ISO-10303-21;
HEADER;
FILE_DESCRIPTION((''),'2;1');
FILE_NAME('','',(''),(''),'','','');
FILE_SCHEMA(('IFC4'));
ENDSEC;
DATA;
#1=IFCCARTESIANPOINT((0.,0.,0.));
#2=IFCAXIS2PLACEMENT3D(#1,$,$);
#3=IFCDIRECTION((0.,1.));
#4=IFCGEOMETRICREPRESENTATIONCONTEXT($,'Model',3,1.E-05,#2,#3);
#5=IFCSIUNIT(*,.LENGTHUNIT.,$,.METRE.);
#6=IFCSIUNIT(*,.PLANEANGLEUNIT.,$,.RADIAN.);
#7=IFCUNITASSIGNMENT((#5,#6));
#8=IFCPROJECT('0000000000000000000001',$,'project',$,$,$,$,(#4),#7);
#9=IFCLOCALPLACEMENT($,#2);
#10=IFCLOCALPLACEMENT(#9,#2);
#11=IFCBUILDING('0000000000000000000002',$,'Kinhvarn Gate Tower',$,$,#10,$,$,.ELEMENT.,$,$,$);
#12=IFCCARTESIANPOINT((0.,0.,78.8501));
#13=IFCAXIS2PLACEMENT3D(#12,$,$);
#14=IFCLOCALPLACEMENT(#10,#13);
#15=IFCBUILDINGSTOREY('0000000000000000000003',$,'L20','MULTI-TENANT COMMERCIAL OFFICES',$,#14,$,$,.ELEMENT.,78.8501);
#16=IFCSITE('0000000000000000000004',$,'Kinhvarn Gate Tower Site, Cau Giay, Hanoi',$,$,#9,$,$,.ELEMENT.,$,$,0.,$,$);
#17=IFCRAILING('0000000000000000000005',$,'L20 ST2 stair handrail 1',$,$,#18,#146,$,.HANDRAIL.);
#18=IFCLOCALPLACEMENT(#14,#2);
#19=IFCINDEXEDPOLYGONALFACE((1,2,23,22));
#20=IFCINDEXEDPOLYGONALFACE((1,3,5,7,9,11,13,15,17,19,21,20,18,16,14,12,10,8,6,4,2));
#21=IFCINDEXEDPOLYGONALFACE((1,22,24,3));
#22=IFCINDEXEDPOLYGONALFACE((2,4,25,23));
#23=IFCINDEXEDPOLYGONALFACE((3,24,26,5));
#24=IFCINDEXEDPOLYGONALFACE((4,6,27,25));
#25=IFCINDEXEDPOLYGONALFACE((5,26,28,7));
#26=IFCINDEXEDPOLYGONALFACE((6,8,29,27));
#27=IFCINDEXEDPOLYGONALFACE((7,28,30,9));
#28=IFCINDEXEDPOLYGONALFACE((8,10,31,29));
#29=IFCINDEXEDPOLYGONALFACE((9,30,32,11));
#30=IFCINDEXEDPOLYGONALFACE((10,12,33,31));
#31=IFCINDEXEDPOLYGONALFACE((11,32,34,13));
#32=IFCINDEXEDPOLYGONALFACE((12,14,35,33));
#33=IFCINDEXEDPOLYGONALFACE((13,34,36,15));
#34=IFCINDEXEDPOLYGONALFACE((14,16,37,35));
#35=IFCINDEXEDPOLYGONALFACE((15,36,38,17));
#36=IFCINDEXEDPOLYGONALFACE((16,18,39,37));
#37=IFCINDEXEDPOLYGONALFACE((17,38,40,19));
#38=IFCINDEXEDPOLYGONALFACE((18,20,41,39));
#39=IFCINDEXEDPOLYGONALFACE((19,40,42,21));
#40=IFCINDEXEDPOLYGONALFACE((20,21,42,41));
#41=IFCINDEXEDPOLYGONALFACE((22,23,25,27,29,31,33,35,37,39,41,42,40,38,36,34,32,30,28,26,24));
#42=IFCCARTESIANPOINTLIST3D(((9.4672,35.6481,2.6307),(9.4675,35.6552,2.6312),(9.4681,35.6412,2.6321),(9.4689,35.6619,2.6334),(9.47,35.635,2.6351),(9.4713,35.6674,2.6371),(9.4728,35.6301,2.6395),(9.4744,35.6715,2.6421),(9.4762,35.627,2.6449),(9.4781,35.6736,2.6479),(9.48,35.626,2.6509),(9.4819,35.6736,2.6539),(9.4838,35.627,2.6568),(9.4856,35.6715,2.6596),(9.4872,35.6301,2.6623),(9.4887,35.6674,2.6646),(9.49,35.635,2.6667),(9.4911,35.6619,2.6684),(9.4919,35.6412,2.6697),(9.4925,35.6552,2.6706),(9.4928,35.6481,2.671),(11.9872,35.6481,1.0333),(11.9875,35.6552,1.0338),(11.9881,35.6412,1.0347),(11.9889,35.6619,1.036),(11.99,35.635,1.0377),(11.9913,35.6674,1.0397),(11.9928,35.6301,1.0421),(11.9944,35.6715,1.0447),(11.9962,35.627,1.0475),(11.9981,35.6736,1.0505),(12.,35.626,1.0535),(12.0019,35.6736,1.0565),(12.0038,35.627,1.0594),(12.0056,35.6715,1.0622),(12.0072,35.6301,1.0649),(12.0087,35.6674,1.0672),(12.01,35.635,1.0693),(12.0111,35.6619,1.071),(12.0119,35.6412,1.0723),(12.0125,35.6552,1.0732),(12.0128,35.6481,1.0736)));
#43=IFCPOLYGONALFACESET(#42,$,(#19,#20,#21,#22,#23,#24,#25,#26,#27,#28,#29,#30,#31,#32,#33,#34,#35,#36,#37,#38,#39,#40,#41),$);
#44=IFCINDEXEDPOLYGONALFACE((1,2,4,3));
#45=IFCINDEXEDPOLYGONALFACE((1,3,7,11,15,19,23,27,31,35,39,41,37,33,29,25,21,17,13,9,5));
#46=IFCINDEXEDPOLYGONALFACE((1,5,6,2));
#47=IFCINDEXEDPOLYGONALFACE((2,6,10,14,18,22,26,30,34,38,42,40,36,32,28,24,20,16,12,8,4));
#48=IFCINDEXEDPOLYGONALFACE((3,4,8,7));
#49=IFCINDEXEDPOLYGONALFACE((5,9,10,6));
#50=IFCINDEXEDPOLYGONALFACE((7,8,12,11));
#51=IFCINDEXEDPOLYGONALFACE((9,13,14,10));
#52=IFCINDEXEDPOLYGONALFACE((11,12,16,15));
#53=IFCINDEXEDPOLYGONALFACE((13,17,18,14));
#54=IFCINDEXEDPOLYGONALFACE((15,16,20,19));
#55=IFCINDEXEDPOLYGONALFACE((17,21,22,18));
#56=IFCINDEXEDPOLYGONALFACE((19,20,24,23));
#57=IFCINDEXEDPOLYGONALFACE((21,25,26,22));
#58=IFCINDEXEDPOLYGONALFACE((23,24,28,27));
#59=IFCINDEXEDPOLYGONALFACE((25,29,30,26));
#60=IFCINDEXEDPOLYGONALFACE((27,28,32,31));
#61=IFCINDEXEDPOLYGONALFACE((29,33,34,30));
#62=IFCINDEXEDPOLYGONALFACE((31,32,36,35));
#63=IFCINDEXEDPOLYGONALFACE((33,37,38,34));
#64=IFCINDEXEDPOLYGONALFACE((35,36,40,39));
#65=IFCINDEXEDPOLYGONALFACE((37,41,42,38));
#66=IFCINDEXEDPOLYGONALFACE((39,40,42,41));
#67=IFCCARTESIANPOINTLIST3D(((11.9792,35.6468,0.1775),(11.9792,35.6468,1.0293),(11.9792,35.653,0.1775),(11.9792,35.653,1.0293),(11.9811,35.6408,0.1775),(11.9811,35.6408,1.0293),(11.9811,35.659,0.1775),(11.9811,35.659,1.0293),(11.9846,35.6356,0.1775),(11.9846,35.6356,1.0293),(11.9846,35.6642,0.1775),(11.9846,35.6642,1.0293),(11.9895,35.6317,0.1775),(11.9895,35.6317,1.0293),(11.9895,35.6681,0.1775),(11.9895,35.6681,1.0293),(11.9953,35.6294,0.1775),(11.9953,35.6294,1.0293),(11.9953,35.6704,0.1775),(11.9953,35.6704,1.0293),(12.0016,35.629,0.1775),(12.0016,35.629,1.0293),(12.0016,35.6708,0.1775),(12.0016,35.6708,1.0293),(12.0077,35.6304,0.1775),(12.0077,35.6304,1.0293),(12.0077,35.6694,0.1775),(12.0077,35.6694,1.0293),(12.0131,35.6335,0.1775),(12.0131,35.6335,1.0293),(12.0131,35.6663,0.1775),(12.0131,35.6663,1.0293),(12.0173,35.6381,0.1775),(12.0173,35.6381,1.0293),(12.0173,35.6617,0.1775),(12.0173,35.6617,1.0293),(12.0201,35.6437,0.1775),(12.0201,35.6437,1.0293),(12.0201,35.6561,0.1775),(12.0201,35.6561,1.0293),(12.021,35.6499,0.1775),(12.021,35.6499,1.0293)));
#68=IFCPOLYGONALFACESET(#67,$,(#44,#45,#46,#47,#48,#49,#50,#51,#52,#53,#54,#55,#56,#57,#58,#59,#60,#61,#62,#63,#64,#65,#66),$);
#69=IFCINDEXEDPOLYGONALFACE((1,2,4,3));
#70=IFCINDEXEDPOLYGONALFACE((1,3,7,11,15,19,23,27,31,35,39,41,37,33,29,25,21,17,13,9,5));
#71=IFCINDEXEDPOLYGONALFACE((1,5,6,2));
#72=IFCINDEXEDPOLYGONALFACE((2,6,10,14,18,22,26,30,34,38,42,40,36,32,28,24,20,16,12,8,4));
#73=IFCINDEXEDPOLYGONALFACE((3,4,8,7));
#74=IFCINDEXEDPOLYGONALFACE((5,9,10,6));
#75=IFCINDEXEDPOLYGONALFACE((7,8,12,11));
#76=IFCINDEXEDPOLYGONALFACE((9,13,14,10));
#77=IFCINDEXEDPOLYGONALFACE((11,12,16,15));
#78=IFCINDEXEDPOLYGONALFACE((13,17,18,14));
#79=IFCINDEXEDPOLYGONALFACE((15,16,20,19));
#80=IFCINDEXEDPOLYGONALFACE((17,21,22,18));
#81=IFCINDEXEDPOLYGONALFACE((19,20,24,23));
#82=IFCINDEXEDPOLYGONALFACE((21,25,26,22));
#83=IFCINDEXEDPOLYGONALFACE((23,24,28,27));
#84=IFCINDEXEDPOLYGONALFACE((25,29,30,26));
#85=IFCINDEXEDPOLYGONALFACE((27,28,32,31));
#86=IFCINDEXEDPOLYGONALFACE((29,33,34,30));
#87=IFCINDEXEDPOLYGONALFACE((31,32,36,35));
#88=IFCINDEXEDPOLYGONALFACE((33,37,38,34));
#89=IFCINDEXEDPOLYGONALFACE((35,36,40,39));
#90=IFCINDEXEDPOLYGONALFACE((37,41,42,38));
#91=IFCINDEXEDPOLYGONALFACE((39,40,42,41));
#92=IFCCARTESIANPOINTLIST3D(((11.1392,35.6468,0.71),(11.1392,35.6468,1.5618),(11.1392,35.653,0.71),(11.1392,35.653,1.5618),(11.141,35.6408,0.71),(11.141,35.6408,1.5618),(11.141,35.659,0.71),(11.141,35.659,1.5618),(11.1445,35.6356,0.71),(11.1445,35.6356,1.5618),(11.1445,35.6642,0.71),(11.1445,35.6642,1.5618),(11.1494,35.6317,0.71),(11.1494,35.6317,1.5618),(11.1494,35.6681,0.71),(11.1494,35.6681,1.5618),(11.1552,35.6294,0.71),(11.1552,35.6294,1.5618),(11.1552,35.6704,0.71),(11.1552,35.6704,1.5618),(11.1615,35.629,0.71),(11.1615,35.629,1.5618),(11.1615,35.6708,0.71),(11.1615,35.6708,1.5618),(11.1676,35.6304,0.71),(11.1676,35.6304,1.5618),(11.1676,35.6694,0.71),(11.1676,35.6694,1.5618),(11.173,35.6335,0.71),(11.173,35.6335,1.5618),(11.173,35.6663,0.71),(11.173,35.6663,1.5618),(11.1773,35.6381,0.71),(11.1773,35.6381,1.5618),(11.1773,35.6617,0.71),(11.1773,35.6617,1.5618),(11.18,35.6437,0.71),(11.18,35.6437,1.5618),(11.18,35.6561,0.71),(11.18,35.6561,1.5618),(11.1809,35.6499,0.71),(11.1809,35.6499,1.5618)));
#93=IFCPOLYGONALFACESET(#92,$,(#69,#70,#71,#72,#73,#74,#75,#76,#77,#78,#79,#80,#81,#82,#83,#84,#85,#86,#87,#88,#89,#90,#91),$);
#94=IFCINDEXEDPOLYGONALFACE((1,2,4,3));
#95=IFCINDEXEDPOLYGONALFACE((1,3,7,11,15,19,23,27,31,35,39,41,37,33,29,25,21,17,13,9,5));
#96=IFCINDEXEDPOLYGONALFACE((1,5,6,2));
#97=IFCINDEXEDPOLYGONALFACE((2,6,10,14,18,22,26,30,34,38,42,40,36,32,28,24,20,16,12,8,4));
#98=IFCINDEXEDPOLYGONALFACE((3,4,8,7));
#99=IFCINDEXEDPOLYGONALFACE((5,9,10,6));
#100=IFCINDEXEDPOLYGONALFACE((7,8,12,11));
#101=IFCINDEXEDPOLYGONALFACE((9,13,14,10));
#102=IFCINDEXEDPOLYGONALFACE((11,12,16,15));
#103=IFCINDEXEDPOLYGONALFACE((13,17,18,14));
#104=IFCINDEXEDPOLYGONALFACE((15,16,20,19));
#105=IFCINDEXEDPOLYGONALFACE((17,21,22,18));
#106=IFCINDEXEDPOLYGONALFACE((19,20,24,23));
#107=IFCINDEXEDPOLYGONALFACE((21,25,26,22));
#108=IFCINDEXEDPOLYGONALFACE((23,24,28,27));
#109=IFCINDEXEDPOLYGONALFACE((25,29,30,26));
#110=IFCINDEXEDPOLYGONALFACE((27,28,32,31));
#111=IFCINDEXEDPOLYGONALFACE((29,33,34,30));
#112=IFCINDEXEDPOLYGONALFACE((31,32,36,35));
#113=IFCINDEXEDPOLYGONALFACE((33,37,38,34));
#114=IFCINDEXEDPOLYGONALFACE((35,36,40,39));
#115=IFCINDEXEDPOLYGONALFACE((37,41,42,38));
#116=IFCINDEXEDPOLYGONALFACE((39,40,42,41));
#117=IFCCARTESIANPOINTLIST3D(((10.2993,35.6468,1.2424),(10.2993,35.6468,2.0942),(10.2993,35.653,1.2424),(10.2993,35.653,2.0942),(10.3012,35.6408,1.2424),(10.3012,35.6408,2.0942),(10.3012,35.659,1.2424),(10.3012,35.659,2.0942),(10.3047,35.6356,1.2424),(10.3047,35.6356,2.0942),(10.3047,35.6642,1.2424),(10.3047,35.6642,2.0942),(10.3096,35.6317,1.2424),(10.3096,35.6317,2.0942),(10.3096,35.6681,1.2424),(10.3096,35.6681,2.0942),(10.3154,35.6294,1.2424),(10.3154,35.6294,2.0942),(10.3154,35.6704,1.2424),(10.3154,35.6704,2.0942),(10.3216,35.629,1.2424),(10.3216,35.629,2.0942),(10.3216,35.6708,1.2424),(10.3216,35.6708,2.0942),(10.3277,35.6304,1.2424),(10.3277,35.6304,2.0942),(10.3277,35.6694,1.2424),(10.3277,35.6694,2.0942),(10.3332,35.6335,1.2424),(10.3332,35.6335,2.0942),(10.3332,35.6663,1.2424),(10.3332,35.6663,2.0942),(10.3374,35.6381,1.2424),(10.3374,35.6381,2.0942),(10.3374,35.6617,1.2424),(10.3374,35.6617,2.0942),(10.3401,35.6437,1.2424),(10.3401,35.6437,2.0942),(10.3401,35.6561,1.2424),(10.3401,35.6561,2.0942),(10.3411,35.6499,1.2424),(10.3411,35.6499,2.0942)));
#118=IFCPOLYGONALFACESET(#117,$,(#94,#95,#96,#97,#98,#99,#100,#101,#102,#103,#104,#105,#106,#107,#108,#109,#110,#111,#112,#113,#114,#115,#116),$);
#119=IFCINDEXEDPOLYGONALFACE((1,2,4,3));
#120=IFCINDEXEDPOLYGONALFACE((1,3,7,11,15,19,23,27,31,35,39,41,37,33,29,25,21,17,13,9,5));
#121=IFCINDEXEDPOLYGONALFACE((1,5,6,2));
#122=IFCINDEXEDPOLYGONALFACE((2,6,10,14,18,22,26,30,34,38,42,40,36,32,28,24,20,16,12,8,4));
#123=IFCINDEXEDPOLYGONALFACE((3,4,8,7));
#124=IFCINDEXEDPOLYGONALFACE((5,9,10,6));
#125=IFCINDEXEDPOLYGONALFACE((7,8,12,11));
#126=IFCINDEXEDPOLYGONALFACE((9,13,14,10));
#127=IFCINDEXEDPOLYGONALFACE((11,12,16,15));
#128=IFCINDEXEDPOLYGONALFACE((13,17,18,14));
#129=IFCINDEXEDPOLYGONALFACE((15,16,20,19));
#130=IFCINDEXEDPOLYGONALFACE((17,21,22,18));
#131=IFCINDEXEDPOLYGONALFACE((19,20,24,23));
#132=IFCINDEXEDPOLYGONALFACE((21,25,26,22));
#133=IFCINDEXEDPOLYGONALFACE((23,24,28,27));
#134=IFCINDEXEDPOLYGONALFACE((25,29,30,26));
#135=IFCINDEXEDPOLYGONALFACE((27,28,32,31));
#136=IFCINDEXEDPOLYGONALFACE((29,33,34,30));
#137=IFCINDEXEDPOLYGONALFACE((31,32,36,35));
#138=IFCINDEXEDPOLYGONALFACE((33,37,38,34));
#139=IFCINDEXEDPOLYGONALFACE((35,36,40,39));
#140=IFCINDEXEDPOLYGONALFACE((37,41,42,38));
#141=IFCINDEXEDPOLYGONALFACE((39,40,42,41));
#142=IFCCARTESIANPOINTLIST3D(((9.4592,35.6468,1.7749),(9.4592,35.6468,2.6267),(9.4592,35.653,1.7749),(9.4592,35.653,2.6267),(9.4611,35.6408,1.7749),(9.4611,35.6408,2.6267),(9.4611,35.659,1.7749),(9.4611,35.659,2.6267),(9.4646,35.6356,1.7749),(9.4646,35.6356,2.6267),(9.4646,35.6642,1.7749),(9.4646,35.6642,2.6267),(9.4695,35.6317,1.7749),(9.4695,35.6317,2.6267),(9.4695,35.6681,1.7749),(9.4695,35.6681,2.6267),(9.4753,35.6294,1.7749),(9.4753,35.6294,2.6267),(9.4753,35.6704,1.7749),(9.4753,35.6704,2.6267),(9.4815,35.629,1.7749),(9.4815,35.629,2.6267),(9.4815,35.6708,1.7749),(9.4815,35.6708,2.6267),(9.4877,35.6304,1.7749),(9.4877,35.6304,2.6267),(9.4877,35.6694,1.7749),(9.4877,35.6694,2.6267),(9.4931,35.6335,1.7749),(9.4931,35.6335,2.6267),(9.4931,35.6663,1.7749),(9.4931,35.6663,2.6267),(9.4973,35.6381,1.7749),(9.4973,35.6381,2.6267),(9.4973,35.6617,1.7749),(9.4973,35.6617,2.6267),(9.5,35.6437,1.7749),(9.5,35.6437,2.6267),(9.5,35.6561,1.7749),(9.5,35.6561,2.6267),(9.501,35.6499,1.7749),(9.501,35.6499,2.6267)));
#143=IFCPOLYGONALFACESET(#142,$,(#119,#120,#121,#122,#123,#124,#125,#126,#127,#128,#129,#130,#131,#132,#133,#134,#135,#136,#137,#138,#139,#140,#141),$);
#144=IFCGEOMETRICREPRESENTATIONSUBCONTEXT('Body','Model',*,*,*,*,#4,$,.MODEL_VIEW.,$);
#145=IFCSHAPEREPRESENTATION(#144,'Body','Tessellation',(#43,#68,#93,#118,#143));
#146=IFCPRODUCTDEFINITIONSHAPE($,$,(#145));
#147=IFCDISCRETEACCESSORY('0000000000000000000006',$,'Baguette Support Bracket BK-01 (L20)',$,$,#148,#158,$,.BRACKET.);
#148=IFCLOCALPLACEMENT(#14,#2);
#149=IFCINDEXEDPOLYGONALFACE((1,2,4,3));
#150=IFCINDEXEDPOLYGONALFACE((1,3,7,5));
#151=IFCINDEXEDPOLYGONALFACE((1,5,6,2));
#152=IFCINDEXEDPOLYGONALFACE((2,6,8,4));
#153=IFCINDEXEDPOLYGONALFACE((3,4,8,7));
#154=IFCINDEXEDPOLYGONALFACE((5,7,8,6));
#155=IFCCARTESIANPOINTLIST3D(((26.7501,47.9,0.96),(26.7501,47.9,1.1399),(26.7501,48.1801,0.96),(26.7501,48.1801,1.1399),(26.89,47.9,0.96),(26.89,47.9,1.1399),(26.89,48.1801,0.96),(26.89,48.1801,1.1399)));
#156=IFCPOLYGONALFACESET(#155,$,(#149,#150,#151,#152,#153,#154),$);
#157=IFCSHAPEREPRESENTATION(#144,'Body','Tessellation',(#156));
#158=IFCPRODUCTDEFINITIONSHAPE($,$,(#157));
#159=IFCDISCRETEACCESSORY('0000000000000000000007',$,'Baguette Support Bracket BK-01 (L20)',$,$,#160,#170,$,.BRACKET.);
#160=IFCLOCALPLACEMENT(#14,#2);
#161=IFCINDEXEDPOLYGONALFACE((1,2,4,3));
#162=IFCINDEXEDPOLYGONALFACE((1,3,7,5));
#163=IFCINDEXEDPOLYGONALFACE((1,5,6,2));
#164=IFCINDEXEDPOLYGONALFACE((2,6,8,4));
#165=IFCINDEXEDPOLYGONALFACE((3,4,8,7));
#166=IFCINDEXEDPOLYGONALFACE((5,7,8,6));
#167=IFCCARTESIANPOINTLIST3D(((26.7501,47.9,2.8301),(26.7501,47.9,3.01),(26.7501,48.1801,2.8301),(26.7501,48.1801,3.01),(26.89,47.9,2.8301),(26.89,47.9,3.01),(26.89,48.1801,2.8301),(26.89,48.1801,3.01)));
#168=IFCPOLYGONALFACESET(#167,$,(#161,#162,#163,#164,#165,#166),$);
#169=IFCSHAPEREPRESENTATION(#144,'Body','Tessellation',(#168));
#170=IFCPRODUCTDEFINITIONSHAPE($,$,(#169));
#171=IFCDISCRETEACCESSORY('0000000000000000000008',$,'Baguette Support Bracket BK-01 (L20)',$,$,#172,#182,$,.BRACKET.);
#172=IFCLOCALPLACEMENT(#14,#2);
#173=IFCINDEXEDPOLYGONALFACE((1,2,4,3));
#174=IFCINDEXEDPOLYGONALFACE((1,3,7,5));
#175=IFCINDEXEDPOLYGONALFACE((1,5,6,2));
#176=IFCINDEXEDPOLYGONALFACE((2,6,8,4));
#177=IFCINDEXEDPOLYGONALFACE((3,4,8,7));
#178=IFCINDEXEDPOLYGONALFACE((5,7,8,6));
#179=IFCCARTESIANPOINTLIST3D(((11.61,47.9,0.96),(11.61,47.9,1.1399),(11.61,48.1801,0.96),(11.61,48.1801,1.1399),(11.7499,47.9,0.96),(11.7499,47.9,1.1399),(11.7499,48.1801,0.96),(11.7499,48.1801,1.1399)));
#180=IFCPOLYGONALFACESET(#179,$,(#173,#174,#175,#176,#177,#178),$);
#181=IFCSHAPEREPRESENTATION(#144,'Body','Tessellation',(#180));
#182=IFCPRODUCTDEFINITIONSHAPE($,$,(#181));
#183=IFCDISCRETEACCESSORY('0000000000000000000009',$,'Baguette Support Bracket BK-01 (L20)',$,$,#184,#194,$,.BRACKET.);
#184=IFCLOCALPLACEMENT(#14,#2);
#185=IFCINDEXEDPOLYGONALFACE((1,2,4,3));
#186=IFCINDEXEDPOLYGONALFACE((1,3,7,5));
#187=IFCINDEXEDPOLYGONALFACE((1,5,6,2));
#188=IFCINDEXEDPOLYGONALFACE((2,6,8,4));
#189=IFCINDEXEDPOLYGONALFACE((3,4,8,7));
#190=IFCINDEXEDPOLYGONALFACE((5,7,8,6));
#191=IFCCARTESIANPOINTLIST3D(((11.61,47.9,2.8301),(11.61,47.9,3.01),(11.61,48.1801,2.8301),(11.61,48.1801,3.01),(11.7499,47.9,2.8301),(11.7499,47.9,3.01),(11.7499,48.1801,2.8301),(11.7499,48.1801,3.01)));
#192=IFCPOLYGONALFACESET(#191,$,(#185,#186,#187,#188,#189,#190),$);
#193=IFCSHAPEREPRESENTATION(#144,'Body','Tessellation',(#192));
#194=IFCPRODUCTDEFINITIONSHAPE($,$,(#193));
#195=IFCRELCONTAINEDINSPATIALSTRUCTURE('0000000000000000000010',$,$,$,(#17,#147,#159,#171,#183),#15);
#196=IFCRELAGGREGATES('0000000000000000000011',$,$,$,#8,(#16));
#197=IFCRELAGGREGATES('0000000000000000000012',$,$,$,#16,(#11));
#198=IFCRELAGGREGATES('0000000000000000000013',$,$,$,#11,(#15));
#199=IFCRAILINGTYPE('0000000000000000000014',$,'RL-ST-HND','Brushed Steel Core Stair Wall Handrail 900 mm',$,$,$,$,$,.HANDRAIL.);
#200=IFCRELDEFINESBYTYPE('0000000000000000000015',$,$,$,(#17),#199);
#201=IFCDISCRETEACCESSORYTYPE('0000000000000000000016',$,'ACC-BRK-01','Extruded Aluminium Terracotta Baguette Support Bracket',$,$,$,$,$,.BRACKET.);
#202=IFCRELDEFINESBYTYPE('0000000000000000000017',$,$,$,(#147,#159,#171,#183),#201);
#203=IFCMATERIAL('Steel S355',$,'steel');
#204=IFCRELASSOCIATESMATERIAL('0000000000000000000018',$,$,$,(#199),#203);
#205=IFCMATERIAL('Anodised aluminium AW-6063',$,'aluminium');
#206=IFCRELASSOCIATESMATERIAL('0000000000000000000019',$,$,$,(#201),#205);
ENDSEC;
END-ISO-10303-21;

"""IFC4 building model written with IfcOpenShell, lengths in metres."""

from ifc_helpers import new_model, si_unit, direction, frame, origin, origin_2d, place, context, subcontext, project, spatial, rectangle, circle, extrude, material, type_object, element, save


model = new_model("IFC4")

# Units and contexts
model_context = context("Model", 3, precision=1e-05, world=origin(), true_north=direction((0.0, 1.0)))
body_context = subcontext(model_context, "Body", "Model", "MODEL_VIEW")
ifc_project = project(units=[si_unit("LENGTHUNIT", "METRE"), si_unit("PLANEANGLEUNIT", "RADIAN")], contexts=[model_context])

# Site, building, storey
site_placement = place(None, origin())
site = spatial("IfcSite", under=ifc_project, at=site_placement, Name="Kinhvarn Gate Tower Site, Cau Giay, Hanoi", CompositionType="ELEMENT", RefElevation=0.0)
building_placement = place(site_placement, origin())
building = spatial("IfcBuilding", under=site, at=building_placement, Name="Kinhvarn Gate Tower", CompositionType="ELEMENT")
storey_placement = place(building_placement, frame((0.0, 0.0, 78.8501)))
storey = spatial("IfcBuildingStorey", under=building, at=storey_placement, Name="L20", Description="MULTI-TENANT COMMERCIAL OFFICES", CompositionType="ELEMENT", Elevation=78.8501)

# Shared definitions
ifc_material_1 = material(Name="Anodised aluminium AW-6063", Category="aluminium")

# Shared definitions
ifc_material_2 = material(Name="Steel S355", Category="steel")

# Railing
railing_type_1 = type_object("IfcRailingType", Name="RL-ST-HND", Description="Brushed Steel Core Stair Wall Handrail 900 mm", PredefinedType="HANDRAIL", material=ifc_material_2)
railing_1_placement = place(storey_placement, frame((12.0, 35.6499, 0.1775)))
element("IfcRailing", 1, at=railing_1_placement, inside=storey, type_object=railing_type_1, Name="L20 ST2 stair handrail 1", PredefinedType="HANDRAIL", context=body_context, shape_type="SweptSolid", body=[
    extrude(circle(Radius=0.0239, at=origin_2d()), frame((0.0, 0.0, 0.876), z_axis=(-0.844607, 0.0, 0.535387), x_axis=(0.0, -1.0, 0.0)), (0.0, 0.0, 1.0), 2.9836),
    extrude(circle(Radius=0.021, at=origin_2d()), origin(), (0.0, 0.0, 1.0), 0.8518),
    extrude(circle(Radius=0.021, at=origin_2d()), frame((-0.8401, 0.0, 0.5325)), (0.0, 0.0, 1.0), 0.8518),
    extrude(circle(Radius=0.021, at=origin_2d()), frame((-1.6799, 0.0, 1.0649)), (0.0, 0.0, 1.0), 0.8518),
    extrude(circle(Radius=0.021, at=origin_2d()), frame((-2.52, 0.0, 1.5974)), (0.0, 0.0, 1.0), 0.8518),
])

# Discrete accessories
discrete_accessory_type = type_object("IfcDiscreteAccessoryType", Name="ACC-BRK-01", Description="Extruded Aluminium Terracotta Baguette Support Bracket", PredefinedType="BRACKET", material=ifc_material_1)
for number, where, z_axis, x_axis, name in (
    (2, (26.8201, 48.04, 0.96), (0.0, 0.0, 1.0), (-1.0, 0.0, 0.0), "Baguette Support Bracket BK-01 (L20)"),
    (3, (26.8201, 48.04, 2.8301), (0.0, 0.0, 1.0), (-1.0, 0.0, 0.0), "Baguette Support Bracket BK-01 (L20)"),
    (4, (11.6799, 48.04, 0.96), (0.0, 0.0, 1.0), (-1.0, 0.0, 0.0), "Baguette Support Bracket BK-01 (L20)"),
    (5, (11.6799, 48.04, 2.8301), (0.0, 0.0, 1.0), (-1.0, 0.0, 0.0), "Baguette Support Bracket BK-01 (L20)"),
):
    element("IfcDiscreteAccessory", number, at=place(storey_placement, frame(where, z_axis=z_axis, x_axis=x_axis)), inside=storey, type_object=discrete_accessory_type, Name=name, PredefinedType="BRACKET", context=body_context, shape_type="SweptSolid", body=[
        extrude(rectangle(XDim=0.1399, YDim=0.28, at=origin_2d()), origin(), (0.0, 0.0, 1.0), 0.1799),
    ])

save(model, "model.ifc")
